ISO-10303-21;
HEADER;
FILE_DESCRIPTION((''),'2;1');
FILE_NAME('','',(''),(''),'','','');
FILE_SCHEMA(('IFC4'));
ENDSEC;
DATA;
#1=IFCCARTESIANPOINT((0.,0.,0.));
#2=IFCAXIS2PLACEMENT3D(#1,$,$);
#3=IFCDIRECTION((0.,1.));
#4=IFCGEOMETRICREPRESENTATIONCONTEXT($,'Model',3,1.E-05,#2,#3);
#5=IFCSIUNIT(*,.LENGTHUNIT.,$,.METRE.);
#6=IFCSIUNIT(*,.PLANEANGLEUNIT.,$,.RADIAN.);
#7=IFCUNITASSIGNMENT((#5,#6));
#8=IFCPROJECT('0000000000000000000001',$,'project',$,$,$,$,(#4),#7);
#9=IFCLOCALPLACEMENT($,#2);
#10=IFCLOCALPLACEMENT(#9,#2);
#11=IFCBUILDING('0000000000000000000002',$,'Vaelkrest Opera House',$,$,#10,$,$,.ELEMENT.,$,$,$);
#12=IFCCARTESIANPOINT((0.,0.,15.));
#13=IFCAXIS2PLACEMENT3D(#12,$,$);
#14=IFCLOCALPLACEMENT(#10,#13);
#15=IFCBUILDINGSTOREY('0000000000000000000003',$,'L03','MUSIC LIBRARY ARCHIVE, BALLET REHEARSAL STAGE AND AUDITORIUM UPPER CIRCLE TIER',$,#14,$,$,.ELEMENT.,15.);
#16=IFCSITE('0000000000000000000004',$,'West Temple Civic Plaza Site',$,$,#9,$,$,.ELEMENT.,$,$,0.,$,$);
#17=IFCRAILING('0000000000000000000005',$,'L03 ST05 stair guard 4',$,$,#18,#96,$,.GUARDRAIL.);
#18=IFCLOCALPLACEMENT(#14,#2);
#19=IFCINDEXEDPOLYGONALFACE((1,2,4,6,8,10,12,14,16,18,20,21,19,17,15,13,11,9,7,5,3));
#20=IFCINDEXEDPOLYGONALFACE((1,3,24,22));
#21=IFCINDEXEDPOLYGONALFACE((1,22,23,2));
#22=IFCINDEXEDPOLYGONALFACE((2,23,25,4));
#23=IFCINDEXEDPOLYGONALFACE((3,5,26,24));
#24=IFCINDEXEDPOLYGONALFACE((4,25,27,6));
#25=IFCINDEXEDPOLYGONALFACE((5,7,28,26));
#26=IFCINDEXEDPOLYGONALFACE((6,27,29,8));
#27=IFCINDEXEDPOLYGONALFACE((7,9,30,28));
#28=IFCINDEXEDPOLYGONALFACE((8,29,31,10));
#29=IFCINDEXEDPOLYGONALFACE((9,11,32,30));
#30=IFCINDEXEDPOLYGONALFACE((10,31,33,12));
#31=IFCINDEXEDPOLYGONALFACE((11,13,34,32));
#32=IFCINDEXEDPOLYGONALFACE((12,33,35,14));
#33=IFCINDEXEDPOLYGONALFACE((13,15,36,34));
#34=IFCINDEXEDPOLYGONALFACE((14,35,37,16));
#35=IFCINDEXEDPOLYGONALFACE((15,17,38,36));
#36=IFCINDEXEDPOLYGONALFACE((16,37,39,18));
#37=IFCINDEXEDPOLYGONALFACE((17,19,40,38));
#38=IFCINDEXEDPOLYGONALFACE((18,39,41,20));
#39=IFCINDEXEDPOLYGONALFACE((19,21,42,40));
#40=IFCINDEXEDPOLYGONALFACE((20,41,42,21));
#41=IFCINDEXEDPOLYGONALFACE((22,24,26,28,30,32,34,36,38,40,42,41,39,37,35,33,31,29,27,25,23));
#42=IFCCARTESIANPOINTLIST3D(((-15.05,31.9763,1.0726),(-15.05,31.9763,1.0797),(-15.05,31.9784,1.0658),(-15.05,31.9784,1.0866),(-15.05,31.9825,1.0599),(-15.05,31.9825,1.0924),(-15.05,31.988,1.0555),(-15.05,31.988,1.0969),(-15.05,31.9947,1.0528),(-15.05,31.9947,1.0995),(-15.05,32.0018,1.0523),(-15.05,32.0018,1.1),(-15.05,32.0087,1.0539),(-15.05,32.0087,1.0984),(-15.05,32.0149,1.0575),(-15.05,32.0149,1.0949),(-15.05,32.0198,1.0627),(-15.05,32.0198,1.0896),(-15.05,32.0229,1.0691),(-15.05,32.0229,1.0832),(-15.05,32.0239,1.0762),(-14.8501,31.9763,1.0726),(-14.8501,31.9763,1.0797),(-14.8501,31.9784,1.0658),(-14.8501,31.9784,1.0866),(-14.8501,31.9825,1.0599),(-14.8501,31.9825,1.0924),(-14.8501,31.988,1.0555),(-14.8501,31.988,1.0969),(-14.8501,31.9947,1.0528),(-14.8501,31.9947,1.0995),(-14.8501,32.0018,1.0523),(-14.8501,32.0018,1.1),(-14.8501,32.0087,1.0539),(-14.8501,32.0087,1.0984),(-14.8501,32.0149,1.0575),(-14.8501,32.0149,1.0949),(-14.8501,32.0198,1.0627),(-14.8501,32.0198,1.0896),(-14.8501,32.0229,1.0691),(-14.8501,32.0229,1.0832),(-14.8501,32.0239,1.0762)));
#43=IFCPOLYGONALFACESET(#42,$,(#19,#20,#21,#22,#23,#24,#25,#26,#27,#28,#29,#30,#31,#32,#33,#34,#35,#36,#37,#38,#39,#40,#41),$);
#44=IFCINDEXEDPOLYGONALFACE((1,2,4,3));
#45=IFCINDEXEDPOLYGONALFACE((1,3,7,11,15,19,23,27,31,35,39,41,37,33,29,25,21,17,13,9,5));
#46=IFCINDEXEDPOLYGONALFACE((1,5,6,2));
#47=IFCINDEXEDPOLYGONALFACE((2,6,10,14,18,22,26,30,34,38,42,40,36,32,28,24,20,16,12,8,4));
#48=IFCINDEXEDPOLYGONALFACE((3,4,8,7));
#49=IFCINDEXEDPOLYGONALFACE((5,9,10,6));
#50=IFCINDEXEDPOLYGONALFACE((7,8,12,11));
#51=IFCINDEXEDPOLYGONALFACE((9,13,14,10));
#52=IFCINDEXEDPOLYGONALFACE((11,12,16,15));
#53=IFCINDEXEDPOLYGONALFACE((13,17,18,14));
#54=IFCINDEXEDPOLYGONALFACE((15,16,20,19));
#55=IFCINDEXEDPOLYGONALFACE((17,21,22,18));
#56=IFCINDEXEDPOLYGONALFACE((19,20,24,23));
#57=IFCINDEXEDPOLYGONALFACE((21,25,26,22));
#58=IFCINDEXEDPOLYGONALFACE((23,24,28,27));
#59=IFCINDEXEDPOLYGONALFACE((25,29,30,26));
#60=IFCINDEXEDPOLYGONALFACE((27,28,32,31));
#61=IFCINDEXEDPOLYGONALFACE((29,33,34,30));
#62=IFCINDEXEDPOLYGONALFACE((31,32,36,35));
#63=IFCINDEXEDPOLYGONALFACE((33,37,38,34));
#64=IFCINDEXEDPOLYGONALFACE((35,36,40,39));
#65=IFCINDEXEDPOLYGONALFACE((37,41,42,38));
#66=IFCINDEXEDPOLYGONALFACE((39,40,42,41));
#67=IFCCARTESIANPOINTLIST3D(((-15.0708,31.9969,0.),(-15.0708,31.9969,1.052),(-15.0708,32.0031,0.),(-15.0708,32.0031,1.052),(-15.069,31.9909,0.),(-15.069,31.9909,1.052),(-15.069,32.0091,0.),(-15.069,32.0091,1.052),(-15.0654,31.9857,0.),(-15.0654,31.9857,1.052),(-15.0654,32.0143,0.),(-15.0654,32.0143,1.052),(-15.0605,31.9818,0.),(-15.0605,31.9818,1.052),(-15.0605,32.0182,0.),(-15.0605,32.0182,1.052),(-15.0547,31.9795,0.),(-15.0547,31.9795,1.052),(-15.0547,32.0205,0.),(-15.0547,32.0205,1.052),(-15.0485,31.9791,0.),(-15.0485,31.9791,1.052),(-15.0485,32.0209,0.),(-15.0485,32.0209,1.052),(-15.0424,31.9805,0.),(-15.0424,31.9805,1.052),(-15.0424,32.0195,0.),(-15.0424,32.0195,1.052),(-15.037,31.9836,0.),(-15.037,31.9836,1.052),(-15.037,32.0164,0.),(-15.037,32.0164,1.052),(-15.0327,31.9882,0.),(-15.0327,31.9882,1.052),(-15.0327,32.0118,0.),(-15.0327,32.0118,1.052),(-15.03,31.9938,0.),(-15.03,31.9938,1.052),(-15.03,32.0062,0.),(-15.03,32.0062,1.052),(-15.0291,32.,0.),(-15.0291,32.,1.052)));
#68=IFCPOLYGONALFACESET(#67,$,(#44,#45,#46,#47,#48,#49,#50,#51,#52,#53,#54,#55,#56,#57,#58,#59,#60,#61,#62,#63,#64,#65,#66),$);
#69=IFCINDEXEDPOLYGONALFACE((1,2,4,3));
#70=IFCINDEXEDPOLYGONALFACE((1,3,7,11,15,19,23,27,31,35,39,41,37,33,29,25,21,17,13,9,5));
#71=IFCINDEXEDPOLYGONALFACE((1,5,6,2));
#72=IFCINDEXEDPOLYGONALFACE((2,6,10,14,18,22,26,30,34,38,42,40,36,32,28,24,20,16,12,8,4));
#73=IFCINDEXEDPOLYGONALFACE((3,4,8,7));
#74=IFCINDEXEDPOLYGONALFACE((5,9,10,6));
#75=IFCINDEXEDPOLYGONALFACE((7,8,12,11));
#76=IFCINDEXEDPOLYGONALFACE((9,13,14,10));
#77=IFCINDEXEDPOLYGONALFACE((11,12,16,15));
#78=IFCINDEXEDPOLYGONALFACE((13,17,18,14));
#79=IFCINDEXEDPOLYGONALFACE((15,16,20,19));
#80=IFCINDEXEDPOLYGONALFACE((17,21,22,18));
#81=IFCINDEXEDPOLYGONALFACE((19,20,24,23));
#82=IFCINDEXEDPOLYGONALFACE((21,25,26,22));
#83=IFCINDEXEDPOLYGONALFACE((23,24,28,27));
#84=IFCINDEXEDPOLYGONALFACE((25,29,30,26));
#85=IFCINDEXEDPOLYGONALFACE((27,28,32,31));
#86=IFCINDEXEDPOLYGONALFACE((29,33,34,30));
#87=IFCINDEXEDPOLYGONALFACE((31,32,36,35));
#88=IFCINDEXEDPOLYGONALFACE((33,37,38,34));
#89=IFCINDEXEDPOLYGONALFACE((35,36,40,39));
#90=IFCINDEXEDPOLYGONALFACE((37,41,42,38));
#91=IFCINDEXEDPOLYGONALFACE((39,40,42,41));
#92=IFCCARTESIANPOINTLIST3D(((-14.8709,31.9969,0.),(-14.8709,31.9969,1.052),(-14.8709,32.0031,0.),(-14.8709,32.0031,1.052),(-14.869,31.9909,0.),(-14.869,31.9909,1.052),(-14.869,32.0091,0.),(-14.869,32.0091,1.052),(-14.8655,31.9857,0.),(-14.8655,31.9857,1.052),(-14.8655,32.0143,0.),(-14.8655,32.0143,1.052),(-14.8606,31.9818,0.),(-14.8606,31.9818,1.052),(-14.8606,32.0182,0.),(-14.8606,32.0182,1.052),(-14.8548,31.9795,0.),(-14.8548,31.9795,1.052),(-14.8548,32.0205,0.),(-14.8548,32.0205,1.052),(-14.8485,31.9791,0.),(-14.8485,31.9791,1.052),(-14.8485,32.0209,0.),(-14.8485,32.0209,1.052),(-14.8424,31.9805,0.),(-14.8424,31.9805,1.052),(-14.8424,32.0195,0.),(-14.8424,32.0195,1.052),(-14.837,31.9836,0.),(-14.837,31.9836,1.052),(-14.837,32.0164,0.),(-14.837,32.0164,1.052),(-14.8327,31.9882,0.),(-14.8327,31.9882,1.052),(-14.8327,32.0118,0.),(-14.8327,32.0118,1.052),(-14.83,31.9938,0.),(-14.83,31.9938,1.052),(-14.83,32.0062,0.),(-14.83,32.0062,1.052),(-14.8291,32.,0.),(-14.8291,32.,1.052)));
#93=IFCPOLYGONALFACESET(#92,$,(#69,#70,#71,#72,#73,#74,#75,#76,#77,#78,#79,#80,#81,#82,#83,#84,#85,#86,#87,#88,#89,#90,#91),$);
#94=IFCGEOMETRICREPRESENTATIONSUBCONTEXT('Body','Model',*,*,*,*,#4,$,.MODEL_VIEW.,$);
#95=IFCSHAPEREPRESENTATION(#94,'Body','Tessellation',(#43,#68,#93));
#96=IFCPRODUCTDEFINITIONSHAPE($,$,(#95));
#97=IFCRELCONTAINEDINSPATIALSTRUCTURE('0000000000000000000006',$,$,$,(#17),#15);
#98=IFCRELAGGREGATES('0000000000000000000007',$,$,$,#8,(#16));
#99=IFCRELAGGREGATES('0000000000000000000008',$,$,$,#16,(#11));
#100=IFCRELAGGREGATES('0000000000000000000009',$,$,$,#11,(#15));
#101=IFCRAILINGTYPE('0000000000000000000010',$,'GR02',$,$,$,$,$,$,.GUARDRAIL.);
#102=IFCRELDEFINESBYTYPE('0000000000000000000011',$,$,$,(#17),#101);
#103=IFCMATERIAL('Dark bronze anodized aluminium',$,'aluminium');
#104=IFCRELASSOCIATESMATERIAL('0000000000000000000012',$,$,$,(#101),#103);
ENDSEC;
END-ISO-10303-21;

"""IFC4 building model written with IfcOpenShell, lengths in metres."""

from ifc_helpers import new_model, si_unit, direction, frame, origin, origin_2d, place, context, subcontext, project, spatial, circle, extrude, material, type_object, element, save


model = new_model("IFC4")

# Units and contexts
model_context = context("Model", 3, precision=1e-05, world=origin(), true_north=direction((0.0, 1.0)))
body_context = subcontext(model_context, "Body", "Model", "MODEL_VIEW")
ifc_project = project(units=[si_unit("LENGTHUNIT", "METRE"), si_unit("PLANEANGLEUNIT", "RADIAN")], contexts=[model_context])

# Site, building, storey
site_placement = place(None, origin())
site = spatial("IfcSite", under=ifc_project, at=site_placement, Name="West Temple Civic Plaza Site", CompositionType="ELEMENT", RefElevation=0.0)
building_placement = place(site_placement, origin())
building = spatial("IfcBuilding", under=site, at=building_placement, Name="Vaelkrest Opera House", CompositionType="ELEMENT")
storey_placement = place(building_placement, frame((0.0, 0.0, 15.0)))
storey = spatial("IfcBuildingStorey", under=building, at=storey_placement, Name="L03", Description="MUSIC LIBRARY ARCHIVE, BALLET REHEARSAL STAGE AND AUDITORIUM UPPER CIRCLE TIER", CompositionType="ELEMENT", Elevation=15.0)

# Railing
ifc_material_1 = material(Name="Dark bronze anodized aluminium", Category="aluminium")
railing_type_1 = type_object("IfcRailingType", Name="GR02", PredefinedType="GUARDRAIL", material=ifc_material_1)
railing_1_placement = place(storey_placement, frame((-15.05, 32.0, 0.0)))
element("IfcRailing", 1, at=railing_1_placement, inside=storey, type_object=railing_type_1, Name="L03 ST05 stair guard 4", PredefinedType="GUARDRAIL", context=body_context, shape_type="SweptSolid", body=[
    extrude(circle(Radius=0.0239, at=origin_2d()), frame((0.0, 0.0, 1.0762), z_axis=(1.0, 0.0, 0.0), x_axis=(0.0, 1.0, 0.0)), (0.0, 0.0, 1.0), 0.2),
    extrude(circle(Radius=0.021, at=origin_2d()), origin(), (0.0, 0.0, 1.0), 1.052),
    extrude(circle(Radius=0.021, at=origin_2d()), frame((0.2, 0.0, 0.0)), (0.0, 0.0, 1.0), 1.052),
])

save(model, "model.ifc")
